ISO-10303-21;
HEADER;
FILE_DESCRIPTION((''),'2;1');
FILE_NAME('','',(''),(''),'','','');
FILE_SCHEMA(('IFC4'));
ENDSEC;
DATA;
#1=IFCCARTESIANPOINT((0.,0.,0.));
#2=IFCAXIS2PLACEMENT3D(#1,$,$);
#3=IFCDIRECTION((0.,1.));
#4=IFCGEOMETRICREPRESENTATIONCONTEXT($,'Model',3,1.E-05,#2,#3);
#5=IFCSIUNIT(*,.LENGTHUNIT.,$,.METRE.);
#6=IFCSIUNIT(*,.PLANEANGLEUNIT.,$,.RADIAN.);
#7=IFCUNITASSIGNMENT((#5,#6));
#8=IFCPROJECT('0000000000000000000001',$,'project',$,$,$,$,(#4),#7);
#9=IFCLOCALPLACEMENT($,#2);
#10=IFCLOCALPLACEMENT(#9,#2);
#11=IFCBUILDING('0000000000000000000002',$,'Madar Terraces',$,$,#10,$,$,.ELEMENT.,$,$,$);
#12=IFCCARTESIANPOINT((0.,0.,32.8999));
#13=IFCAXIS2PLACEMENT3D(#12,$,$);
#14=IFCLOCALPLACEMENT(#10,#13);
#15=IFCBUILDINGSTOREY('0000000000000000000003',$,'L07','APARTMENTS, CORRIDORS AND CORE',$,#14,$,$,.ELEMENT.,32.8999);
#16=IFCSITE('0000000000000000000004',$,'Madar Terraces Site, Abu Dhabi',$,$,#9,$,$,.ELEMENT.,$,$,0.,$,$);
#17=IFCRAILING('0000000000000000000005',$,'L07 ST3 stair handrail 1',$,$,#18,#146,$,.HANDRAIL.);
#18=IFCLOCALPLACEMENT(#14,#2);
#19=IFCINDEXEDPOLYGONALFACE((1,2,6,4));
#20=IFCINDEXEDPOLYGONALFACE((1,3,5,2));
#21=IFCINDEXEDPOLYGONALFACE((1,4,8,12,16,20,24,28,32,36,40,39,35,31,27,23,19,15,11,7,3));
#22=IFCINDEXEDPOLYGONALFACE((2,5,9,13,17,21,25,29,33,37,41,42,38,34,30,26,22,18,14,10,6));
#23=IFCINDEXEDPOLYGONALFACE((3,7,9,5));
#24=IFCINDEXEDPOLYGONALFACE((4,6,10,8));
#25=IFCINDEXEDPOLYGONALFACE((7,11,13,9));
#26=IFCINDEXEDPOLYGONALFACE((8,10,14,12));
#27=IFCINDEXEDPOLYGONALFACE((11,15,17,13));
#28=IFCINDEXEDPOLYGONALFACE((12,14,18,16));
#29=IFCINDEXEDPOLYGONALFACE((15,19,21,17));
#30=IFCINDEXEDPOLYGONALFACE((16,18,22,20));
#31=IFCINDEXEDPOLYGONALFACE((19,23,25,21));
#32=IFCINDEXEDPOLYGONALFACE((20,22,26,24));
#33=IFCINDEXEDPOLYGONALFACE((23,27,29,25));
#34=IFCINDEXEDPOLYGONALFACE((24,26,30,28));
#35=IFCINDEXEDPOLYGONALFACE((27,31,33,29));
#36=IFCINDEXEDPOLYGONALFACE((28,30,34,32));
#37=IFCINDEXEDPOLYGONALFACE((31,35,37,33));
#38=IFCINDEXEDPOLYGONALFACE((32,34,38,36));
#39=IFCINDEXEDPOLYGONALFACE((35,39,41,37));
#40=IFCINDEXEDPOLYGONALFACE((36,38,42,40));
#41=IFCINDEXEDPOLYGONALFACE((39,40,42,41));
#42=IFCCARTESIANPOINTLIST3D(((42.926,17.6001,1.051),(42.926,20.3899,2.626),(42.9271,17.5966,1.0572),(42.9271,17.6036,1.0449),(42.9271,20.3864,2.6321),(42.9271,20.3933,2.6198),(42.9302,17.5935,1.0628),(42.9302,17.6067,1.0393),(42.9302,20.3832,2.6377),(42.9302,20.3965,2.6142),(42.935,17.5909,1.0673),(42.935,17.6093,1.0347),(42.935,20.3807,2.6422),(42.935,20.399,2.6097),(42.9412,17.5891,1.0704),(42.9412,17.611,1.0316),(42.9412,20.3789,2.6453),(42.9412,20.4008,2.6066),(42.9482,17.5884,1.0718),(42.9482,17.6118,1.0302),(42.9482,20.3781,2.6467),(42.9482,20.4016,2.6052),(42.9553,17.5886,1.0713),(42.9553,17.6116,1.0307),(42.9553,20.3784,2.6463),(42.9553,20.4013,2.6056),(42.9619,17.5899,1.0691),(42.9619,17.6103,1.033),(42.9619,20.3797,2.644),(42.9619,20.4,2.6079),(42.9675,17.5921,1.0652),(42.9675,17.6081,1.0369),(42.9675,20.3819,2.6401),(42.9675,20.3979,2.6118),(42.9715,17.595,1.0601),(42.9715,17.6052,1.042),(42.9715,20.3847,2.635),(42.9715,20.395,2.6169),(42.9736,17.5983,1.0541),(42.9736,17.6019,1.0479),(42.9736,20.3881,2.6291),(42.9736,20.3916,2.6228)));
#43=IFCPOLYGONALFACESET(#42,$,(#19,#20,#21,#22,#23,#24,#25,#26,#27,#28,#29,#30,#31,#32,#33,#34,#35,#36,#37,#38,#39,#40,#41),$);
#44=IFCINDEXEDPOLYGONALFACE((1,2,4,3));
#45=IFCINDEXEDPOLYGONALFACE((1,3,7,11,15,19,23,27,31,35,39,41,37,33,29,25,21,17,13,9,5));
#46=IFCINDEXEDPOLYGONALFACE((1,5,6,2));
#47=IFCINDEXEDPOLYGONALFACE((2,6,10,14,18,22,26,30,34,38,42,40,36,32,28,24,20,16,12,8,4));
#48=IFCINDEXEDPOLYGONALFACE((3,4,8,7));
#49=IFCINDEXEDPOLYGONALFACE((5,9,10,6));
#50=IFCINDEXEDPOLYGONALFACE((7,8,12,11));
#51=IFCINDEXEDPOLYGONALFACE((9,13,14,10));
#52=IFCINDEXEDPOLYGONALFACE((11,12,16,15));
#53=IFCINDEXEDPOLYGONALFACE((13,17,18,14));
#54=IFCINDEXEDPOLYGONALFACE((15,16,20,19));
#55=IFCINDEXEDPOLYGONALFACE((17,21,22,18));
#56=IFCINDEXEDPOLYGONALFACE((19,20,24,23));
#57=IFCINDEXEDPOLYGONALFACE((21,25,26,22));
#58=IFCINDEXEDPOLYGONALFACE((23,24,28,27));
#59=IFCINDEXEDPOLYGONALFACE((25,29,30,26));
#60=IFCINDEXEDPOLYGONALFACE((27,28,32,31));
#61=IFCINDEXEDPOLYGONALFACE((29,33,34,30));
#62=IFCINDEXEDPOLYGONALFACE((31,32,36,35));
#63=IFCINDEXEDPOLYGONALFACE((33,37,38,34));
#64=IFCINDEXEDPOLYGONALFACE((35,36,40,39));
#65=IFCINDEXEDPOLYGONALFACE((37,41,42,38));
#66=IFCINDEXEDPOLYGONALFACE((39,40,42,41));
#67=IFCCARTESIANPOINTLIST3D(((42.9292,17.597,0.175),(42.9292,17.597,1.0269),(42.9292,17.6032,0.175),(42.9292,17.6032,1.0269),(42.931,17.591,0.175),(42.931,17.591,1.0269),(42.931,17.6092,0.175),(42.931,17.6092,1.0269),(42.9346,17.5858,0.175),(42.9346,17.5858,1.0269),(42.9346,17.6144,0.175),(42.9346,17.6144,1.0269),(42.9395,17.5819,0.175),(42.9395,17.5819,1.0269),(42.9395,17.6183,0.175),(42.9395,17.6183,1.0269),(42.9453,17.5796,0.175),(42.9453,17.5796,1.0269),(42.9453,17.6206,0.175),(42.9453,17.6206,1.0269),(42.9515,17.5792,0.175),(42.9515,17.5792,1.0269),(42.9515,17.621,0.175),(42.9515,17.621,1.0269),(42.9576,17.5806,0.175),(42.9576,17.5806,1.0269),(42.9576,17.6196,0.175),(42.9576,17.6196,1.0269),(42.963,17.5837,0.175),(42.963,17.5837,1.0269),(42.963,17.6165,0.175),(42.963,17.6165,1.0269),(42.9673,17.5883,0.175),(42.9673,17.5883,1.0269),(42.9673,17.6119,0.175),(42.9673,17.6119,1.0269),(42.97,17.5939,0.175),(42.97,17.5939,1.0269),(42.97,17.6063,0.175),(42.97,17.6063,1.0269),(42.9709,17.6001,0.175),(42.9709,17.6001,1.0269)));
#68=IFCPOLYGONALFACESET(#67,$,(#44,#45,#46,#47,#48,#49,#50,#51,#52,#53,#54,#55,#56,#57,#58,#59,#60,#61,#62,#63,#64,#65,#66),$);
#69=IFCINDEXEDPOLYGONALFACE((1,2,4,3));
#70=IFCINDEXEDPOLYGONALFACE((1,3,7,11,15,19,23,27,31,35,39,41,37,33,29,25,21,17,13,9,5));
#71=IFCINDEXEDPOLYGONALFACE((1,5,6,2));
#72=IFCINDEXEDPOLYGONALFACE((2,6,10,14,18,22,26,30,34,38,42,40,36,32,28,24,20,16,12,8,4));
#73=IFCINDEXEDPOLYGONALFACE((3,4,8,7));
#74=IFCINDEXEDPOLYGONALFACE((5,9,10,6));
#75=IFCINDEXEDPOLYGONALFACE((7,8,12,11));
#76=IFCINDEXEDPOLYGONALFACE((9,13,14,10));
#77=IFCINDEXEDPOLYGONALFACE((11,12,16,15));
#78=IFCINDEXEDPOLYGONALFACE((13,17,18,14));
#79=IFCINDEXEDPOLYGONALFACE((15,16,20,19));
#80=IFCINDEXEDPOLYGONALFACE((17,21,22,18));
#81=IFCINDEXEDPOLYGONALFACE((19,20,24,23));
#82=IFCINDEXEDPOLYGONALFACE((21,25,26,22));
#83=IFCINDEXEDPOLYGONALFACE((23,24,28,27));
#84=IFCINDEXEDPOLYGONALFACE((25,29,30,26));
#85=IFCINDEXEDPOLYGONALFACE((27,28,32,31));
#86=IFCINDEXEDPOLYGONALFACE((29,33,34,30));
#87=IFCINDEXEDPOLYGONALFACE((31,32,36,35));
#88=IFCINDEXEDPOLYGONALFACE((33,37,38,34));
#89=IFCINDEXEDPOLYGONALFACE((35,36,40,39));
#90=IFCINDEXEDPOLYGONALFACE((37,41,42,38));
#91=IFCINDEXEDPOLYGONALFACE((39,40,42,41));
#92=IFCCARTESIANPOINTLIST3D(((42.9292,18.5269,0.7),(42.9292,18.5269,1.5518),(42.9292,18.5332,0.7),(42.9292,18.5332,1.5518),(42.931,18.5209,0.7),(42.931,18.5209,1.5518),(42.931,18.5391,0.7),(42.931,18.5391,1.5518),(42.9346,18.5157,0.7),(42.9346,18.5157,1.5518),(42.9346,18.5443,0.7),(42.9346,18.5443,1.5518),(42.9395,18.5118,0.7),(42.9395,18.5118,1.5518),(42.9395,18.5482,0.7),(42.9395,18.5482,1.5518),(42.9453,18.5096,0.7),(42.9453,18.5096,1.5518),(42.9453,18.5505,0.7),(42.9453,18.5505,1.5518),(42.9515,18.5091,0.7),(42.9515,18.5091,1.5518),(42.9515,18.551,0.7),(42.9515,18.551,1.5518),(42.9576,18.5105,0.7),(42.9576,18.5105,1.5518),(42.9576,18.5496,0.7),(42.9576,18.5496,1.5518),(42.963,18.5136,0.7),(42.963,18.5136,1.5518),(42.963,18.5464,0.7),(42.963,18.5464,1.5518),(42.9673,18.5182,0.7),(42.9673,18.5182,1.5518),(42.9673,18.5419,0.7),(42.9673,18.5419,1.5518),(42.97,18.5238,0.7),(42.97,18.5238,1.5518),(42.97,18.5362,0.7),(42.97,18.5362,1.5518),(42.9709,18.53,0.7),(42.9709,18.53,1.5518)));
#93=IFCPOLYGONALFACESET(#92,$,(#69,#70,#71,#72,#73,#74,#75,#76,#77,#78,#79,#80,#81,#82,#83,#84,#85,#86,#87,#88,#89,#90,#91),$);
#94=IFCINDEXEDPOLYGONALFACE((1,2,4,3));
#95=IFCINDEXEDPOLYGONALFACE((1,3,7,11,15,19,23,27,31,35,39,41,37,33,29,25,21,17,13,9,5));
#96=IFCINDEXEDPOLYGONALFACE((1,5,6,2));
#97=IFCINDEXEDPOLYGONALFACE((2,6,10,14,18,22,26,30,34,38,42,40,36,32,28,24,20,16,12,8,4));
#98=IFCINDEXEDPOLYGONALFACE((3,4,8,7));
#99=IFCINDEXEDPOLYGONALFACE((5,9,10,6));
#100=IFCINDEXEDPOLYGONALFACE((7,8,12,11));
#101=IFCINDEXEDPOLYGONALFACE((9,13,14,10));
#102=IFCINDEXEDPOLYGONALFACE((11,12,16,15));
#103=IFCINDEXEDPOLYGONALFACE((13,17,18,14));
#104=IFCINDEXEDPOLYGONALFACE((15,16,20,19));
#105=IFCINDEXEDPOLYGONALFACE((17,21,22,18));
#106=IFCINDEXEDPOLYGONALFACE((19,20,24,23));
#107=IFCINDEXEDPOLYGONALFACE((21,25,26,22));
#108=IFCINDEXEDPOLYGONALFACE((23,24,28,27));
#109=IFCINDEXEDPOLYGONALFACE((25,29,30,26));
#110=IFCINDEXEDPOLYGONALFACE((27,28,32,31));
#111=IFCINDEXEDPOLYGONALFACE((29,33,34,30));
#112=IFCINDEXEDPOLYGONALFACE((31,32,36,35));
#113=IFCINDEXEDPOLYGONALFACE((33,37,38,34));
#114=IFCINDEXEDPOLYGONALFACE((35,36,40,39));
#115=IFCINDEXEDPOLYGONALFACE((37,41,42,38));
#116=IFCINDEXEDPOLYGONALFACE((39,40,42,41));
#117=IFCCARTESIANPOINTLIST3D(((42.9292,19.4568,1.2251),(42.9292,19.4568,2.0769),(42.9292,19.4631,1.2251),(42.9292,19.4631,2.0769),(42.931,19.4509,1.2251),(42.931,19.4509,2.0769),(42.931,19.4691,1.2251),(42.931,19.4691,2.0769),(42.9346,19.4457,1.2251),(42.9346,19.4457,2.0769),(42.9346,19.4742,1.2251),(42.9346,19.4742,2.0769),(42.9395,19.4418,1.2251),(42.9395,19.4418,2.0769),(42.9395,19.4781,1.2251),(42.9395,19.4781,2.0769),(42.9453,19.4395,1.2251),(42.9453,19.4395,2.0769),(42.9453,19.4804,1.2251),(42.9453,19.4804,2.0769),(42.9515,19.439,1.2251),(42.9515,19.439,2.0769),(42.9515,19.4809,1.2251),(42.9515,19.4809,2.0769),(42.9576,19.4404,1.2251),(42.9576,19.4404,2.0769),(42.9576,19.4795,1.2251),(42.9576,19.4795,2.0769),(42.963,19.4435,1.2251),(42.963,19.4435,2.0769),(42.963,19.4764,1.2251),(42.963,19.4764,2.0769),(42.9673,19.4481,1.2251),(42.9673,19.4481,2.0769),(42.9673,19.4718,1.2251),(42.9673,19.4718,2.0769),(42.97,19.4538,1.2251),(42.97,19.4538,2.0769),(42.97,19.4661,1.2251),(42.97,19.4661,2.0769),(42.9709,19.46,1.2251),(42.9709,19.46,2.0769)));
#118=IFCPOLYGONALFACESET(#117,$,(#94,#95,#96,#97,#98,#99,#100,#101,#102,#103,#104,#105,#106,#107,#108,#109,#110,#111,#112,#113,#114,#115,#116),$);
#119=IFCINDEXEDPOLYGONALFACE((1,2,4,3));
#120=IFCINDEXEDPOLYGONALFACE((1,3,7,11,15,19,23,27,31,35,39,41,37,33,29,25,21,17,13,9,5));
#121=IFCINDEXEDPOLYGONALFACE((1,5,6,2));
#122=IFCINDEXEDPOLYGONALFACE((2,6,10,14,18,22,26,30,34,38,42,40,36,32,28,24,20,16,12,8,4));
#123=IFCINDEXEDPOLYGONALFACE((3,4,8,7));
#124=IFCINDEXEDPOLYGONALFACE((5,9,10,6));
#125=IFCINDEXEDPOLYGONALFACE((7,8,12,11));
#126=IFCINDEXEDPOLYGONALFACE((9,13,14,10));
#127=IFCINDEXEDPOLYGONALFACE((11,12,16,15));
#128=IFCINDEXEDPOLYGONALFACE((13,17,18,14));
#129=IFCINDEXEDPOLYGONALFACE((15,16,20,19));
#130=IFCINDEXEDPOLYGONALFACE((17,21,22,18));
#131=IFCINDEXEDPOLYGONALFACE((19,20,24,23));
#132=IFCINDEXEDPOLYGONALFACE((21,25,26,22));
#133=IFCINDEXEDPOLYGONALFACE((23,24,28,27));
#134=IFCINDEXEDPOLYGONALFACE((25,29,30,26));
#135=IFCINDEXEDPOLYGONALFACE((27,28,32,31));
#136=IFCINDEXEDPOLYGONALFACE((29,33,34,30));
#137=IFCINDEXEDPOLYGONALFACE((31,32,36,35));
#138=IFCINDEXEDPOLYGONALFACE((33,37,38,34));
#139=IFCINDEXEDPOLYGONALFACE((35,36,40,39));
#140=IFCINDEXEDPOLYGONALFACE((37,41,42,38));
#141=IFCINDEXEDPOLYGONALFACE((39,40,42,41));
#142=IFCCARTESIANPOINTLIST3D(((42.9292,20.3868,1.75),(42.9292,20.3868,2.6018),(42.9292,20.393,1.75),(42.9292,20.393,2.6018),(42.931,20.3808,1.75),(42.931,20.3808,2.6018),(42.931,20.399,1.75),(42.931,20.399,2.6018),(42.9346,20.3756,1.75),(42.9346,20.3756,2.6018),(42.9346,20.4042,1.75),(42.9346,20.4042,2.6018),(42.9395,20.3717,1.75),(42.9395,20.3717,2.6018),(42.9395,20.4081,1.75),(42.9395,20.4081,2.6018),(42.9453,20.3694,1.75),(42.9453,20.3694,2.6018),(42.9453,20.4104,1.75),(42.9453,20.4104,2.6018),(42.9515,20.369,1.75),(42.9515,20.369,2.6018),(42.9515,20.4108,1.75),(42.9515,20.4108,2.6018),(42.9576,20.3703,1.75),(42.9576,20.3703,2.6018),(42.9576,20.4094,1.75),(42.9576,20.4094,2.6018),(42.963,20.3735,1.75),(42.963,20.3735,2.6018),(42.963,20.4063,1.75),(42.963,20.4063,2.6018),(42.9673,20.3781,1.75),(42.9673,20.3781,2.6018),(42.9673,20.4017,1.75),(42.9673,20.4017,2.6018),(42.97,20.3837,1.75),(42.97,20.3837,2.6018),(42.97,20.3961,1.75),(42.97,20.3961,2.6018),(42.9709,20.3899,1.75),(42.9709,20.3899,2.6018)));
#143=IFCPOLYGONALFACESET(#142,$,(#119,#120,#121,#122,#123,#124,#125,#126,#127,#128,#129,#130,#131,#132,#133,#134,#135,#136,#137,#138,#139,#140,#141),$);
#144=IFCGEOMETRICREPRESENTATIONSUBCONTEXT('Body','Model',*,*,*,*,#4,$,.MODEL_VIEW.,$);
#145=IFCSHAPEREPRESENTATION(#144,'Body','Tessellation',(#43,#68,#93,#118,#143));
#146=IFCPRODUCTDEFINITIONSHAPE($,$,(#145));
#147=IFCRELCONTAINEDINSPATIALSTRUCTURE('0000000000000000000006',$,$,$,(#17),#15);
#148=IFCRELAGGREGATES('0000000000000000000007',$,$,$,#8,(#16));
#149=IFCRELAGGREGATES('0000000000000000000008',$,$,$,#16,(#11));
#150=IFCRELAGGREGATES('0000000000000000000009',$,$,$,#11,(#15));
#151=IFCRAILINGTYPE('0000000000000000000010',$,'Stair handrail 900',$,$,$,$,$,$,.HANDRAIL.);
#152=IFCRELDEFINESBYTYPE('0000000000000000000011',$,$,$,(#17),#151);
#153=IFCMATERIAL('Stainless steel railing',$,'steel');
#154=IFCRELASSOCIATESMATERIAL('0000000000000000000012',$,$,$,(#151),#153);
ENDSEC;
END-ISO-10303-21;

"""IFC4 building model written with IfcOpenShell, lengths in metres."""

from ifc_helpers import new_model, si_unit, direction, frame, origin, origin_2d, place, context, subcontext, project, spatial, circle, extrude, material, type_object, element, save


model = new_model("IFC4")

# Units and contexts
model_context = context("Model", 3, precision=1e-05, world=origin(), true_north=direction((0.0, 1.0)))
body_context = subcontext(model_context, "Body", "Model", "MODEL_VIEW")
ifc_project = project(units=[si_unit("LENGTHUNIT", "METRE"), si_unit("PLANEANGLEUNIT", "RADIAN")], contexts=[model_context])

# Site, building, storey
site_placement = place(None, origin())
site = spatial("IfcSite", under=ifc_project, at=site_placement, Name="Madar Terraces Site, Abu Dhabi", CompositionType="ELEMENT", RefElevation=0.0)
building_placement = place(site_placement, origin())
building = spatial("IfcBuilding", under=site, at=building_placement, Name="Madar Terraces", CompositionType="ELEMENT")
storey_placement = place(building_placement, frame((0.0, 0.0, 32.8999)))
storey = spatial("IfcBuildingStorey", under=building, at=storey_placement, Name="L07", Description="APARTMENTS, CORRIDORS AND CORE", CompositionType="ELEMENT", Elevation=32.8999)

# Railing
ifc_material_1 = material(Name="Stainless steel railing", Category="steel")
railing_type_1 = type_object("IfcRailingType", Name="Stair handrail 900", PredefinedType="HANDRAIL", material=ifc_material_1)
railing_1_placement = place(storey_placement, frame((42.95, 17.6001, 0.175)))
element("IfcRailing", 1, at=railing_1_placement, inside=storey, type_object=railing_type_1, Name="L07 ST3 stair handrail 1", PredefinedType="HANDRAIL", context=body_context, shape_type="SweptSolid", body=[
    extrude(circle(Radius=0.0239, at=origin_2d()), frame((0.0, 0.0, 0.876), z_axis=(0.0, 0.870815, 0.49161), x_axis=(-1.0, 0.0, 0.0)), (0.0, 0.0, 1.0), 3.2036),
    extrude(circle(Radius=0.021, at=origin_2d()), origin(), (0.0, 0.0, 1.0), 0.8518),
    extrude(circle(Radius=0.021, at=origin_2d()), frame((0.0, 0.9299, 0.5249)), (0.0, 0.0, 1.0), 0.8518),
    extrude(circle(Radius=0.021, at=origin_2d()), frame((0.0, 1.8599, 1.05)), (0.0, 0.0, 1.0), 0.8518),
    extrude(circle(Radius=0.021, at=origin_2d()), frame((0.0, 2.7898, 1.575)), (0.0, 0.0, 1.0), 0.8518),
])

save(model, "model.ifc")
